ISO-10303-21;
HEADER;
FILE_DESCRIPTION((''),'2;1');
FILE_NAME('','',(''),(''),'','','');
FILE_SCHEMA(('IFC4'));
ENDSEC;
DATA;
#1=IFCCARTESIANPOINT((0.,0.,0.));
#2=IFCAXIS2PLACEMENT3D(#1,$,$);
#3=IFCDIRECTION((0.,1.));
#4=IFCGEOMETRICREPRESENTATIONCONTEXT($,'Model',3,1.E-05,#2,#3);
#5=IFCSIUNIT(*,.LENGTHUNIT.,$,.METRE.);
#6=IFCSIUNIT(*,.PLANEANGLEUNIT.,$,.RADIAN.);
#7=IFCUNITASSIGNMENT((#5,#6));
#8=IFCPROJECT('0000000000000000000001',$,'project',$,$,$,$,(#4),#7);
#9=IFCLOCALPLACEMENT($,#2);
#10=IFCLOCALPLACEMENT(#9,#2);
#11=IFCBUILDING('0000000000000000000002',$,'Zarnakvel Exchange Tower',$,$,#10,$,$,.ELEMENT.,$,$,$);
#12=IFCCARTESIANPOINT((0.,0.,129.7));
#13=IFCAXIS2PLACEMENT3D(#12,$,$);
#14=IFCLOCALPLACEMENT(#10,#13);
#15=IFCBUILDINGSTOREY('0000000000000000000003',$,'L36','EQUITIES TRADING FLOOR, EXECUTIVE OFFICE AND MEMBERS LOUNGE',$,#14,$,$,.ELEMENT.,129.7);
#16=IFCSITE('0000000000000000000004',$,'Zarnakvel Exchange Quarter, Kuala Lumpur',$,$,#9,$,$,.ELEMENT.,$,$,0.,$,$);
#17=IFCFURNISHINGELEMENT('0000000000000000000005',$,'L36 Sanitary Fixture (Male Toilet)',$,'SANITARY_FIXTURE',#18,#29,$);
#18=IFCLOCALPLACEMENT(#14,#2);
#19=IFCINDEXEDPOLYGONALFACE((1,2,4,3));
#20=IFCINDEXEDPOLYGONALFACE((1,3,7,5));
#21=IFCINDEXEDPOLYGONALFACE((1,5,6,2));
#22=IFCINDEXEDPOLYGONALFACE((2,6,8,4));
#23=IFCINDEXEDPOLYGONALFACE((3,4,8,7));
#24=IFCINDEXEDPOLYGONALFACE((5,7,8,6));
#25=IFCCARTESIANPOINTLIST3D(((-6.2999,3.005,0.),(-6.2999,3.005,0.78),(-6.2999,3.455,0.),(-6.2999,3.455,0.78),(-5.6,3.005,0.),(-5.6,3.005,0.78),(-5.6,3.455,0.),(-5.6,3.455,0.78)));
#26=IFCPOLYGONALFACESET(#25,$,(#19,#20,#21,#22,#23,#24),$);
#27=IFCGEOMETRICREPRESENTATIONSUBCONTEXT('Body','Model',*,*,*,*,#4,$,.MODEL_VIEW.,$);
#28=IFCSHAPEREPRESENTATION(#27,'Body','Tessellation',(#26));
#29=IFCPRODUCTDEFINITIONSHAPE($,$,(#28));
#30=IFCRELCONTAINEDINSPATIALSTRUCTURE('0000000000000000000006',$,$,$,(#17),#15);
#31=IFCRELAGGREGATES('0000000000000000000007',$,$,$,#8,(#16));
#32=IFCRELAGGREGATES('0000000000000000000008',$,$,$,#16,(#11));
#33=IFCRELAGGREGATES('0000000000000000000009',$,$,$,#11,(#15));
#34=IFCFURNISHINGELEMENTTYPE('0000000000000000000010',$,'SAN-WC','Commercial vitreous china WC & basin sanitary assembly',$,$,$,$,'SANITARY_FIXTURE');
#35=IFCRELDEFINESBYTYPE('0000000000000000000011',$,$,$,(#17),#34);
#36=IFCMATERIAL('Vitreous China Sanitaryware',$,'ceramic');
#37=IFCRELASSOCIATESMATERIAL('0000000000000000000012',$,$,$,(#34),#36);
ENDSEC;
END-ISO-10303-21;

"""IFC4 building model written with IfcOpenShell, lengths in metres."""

from ifc_helpers import new_model, si_unit, direction, frame, origin, origin_2d, place, context, subcontext, project, spatial, rectangle, extrude, source, transform, mapped, material, type_object, element, save


model = new_model("IFC4")

# Units and contexts
model_context = context("Model", 3, precision=1e-05, world=origin(), true_north=direction((0.0, 1.0)))
body_context = subcontext(model_context, "Body", "Model", "MODEL_VIEW")
ifc_project = project(units=[si_unit("LENGTHUNIT", "METRE"), si_unit("PLANEANGLEUNIT", "RADIAN")], contexts=[model_context])

# Site, building, storey
site_placement = place(None, origin())
site = spatial("IfcSite", under=ifc_project, at=site_placement, Name="Zarnakvel Exchange Quarter, Kuala Lumpur", CompositionType="ELEMENT", RefElevation=0.0)
building_placement = place(site_placement, origin())
building = spatial("IfcBuilding", under=site, at=building_placement, Name="Zarnakvel Exchange Tower", CompositionType="ELEMENT")
storey_placement = place(building_placement, frame((0.0, 0.0, 129.7)))
storey = spatial("IfcBuildingStorey", under=building, at=storey_placement, Name="L36", Description="EQUITIES TRADING FLOOR, EXECUTIVE OFFICE AND MEMBERS LOUNGE", CompositionType="ELEMENT", Elevation=129.7)

# Furnishing element
ifc_material_1 = material(Name="Vitreous China Sanitaryware", Category="ceramic")
furnishing_element_type = type_object("IfcFurnishingElementType", Name="SAN-WC", Description="Commercial vitreous china WC & basin sanitary assembly", ElementType="SANITARY_FIXTURE", material=ifc_material_1)
shared_shape_1 = source(origin(), body_context, "Body", "SweptSolid", [
    extrude(rectangle(XDim=0.7, YDim=0.45, at=origin_2d()), origin(), (0.0, 0.0, 1.0), 0.78),
])
furnishing_placement = place(storey_placement, frame((-5.95, 3.23, 0.0), z_axis=(0.0, 0.0, 1.0), x_axis=(1.0, 0.0, 0.0)))
element("IfcFurnishingElement", 1, at=furnishing_placement, inside=storey, type_object=furnishing_element_type, Name="L36 Sanitary Fixture (Male Toilet)", ObjectType="SANITARY_FIXTURE", context=body_context, shape_type="MappedRepresentation", body=[
    mapped(shared_shape_1, transform((0.0, 0.0, 0.0), x_axis=(1.0, 0.0, 0.0), y_axis=(0.0, 1.0, 0.0), z_axis=(0.0, 0.0, 1.0), scale=1.0)),
])

save(model, "model.ifc")
